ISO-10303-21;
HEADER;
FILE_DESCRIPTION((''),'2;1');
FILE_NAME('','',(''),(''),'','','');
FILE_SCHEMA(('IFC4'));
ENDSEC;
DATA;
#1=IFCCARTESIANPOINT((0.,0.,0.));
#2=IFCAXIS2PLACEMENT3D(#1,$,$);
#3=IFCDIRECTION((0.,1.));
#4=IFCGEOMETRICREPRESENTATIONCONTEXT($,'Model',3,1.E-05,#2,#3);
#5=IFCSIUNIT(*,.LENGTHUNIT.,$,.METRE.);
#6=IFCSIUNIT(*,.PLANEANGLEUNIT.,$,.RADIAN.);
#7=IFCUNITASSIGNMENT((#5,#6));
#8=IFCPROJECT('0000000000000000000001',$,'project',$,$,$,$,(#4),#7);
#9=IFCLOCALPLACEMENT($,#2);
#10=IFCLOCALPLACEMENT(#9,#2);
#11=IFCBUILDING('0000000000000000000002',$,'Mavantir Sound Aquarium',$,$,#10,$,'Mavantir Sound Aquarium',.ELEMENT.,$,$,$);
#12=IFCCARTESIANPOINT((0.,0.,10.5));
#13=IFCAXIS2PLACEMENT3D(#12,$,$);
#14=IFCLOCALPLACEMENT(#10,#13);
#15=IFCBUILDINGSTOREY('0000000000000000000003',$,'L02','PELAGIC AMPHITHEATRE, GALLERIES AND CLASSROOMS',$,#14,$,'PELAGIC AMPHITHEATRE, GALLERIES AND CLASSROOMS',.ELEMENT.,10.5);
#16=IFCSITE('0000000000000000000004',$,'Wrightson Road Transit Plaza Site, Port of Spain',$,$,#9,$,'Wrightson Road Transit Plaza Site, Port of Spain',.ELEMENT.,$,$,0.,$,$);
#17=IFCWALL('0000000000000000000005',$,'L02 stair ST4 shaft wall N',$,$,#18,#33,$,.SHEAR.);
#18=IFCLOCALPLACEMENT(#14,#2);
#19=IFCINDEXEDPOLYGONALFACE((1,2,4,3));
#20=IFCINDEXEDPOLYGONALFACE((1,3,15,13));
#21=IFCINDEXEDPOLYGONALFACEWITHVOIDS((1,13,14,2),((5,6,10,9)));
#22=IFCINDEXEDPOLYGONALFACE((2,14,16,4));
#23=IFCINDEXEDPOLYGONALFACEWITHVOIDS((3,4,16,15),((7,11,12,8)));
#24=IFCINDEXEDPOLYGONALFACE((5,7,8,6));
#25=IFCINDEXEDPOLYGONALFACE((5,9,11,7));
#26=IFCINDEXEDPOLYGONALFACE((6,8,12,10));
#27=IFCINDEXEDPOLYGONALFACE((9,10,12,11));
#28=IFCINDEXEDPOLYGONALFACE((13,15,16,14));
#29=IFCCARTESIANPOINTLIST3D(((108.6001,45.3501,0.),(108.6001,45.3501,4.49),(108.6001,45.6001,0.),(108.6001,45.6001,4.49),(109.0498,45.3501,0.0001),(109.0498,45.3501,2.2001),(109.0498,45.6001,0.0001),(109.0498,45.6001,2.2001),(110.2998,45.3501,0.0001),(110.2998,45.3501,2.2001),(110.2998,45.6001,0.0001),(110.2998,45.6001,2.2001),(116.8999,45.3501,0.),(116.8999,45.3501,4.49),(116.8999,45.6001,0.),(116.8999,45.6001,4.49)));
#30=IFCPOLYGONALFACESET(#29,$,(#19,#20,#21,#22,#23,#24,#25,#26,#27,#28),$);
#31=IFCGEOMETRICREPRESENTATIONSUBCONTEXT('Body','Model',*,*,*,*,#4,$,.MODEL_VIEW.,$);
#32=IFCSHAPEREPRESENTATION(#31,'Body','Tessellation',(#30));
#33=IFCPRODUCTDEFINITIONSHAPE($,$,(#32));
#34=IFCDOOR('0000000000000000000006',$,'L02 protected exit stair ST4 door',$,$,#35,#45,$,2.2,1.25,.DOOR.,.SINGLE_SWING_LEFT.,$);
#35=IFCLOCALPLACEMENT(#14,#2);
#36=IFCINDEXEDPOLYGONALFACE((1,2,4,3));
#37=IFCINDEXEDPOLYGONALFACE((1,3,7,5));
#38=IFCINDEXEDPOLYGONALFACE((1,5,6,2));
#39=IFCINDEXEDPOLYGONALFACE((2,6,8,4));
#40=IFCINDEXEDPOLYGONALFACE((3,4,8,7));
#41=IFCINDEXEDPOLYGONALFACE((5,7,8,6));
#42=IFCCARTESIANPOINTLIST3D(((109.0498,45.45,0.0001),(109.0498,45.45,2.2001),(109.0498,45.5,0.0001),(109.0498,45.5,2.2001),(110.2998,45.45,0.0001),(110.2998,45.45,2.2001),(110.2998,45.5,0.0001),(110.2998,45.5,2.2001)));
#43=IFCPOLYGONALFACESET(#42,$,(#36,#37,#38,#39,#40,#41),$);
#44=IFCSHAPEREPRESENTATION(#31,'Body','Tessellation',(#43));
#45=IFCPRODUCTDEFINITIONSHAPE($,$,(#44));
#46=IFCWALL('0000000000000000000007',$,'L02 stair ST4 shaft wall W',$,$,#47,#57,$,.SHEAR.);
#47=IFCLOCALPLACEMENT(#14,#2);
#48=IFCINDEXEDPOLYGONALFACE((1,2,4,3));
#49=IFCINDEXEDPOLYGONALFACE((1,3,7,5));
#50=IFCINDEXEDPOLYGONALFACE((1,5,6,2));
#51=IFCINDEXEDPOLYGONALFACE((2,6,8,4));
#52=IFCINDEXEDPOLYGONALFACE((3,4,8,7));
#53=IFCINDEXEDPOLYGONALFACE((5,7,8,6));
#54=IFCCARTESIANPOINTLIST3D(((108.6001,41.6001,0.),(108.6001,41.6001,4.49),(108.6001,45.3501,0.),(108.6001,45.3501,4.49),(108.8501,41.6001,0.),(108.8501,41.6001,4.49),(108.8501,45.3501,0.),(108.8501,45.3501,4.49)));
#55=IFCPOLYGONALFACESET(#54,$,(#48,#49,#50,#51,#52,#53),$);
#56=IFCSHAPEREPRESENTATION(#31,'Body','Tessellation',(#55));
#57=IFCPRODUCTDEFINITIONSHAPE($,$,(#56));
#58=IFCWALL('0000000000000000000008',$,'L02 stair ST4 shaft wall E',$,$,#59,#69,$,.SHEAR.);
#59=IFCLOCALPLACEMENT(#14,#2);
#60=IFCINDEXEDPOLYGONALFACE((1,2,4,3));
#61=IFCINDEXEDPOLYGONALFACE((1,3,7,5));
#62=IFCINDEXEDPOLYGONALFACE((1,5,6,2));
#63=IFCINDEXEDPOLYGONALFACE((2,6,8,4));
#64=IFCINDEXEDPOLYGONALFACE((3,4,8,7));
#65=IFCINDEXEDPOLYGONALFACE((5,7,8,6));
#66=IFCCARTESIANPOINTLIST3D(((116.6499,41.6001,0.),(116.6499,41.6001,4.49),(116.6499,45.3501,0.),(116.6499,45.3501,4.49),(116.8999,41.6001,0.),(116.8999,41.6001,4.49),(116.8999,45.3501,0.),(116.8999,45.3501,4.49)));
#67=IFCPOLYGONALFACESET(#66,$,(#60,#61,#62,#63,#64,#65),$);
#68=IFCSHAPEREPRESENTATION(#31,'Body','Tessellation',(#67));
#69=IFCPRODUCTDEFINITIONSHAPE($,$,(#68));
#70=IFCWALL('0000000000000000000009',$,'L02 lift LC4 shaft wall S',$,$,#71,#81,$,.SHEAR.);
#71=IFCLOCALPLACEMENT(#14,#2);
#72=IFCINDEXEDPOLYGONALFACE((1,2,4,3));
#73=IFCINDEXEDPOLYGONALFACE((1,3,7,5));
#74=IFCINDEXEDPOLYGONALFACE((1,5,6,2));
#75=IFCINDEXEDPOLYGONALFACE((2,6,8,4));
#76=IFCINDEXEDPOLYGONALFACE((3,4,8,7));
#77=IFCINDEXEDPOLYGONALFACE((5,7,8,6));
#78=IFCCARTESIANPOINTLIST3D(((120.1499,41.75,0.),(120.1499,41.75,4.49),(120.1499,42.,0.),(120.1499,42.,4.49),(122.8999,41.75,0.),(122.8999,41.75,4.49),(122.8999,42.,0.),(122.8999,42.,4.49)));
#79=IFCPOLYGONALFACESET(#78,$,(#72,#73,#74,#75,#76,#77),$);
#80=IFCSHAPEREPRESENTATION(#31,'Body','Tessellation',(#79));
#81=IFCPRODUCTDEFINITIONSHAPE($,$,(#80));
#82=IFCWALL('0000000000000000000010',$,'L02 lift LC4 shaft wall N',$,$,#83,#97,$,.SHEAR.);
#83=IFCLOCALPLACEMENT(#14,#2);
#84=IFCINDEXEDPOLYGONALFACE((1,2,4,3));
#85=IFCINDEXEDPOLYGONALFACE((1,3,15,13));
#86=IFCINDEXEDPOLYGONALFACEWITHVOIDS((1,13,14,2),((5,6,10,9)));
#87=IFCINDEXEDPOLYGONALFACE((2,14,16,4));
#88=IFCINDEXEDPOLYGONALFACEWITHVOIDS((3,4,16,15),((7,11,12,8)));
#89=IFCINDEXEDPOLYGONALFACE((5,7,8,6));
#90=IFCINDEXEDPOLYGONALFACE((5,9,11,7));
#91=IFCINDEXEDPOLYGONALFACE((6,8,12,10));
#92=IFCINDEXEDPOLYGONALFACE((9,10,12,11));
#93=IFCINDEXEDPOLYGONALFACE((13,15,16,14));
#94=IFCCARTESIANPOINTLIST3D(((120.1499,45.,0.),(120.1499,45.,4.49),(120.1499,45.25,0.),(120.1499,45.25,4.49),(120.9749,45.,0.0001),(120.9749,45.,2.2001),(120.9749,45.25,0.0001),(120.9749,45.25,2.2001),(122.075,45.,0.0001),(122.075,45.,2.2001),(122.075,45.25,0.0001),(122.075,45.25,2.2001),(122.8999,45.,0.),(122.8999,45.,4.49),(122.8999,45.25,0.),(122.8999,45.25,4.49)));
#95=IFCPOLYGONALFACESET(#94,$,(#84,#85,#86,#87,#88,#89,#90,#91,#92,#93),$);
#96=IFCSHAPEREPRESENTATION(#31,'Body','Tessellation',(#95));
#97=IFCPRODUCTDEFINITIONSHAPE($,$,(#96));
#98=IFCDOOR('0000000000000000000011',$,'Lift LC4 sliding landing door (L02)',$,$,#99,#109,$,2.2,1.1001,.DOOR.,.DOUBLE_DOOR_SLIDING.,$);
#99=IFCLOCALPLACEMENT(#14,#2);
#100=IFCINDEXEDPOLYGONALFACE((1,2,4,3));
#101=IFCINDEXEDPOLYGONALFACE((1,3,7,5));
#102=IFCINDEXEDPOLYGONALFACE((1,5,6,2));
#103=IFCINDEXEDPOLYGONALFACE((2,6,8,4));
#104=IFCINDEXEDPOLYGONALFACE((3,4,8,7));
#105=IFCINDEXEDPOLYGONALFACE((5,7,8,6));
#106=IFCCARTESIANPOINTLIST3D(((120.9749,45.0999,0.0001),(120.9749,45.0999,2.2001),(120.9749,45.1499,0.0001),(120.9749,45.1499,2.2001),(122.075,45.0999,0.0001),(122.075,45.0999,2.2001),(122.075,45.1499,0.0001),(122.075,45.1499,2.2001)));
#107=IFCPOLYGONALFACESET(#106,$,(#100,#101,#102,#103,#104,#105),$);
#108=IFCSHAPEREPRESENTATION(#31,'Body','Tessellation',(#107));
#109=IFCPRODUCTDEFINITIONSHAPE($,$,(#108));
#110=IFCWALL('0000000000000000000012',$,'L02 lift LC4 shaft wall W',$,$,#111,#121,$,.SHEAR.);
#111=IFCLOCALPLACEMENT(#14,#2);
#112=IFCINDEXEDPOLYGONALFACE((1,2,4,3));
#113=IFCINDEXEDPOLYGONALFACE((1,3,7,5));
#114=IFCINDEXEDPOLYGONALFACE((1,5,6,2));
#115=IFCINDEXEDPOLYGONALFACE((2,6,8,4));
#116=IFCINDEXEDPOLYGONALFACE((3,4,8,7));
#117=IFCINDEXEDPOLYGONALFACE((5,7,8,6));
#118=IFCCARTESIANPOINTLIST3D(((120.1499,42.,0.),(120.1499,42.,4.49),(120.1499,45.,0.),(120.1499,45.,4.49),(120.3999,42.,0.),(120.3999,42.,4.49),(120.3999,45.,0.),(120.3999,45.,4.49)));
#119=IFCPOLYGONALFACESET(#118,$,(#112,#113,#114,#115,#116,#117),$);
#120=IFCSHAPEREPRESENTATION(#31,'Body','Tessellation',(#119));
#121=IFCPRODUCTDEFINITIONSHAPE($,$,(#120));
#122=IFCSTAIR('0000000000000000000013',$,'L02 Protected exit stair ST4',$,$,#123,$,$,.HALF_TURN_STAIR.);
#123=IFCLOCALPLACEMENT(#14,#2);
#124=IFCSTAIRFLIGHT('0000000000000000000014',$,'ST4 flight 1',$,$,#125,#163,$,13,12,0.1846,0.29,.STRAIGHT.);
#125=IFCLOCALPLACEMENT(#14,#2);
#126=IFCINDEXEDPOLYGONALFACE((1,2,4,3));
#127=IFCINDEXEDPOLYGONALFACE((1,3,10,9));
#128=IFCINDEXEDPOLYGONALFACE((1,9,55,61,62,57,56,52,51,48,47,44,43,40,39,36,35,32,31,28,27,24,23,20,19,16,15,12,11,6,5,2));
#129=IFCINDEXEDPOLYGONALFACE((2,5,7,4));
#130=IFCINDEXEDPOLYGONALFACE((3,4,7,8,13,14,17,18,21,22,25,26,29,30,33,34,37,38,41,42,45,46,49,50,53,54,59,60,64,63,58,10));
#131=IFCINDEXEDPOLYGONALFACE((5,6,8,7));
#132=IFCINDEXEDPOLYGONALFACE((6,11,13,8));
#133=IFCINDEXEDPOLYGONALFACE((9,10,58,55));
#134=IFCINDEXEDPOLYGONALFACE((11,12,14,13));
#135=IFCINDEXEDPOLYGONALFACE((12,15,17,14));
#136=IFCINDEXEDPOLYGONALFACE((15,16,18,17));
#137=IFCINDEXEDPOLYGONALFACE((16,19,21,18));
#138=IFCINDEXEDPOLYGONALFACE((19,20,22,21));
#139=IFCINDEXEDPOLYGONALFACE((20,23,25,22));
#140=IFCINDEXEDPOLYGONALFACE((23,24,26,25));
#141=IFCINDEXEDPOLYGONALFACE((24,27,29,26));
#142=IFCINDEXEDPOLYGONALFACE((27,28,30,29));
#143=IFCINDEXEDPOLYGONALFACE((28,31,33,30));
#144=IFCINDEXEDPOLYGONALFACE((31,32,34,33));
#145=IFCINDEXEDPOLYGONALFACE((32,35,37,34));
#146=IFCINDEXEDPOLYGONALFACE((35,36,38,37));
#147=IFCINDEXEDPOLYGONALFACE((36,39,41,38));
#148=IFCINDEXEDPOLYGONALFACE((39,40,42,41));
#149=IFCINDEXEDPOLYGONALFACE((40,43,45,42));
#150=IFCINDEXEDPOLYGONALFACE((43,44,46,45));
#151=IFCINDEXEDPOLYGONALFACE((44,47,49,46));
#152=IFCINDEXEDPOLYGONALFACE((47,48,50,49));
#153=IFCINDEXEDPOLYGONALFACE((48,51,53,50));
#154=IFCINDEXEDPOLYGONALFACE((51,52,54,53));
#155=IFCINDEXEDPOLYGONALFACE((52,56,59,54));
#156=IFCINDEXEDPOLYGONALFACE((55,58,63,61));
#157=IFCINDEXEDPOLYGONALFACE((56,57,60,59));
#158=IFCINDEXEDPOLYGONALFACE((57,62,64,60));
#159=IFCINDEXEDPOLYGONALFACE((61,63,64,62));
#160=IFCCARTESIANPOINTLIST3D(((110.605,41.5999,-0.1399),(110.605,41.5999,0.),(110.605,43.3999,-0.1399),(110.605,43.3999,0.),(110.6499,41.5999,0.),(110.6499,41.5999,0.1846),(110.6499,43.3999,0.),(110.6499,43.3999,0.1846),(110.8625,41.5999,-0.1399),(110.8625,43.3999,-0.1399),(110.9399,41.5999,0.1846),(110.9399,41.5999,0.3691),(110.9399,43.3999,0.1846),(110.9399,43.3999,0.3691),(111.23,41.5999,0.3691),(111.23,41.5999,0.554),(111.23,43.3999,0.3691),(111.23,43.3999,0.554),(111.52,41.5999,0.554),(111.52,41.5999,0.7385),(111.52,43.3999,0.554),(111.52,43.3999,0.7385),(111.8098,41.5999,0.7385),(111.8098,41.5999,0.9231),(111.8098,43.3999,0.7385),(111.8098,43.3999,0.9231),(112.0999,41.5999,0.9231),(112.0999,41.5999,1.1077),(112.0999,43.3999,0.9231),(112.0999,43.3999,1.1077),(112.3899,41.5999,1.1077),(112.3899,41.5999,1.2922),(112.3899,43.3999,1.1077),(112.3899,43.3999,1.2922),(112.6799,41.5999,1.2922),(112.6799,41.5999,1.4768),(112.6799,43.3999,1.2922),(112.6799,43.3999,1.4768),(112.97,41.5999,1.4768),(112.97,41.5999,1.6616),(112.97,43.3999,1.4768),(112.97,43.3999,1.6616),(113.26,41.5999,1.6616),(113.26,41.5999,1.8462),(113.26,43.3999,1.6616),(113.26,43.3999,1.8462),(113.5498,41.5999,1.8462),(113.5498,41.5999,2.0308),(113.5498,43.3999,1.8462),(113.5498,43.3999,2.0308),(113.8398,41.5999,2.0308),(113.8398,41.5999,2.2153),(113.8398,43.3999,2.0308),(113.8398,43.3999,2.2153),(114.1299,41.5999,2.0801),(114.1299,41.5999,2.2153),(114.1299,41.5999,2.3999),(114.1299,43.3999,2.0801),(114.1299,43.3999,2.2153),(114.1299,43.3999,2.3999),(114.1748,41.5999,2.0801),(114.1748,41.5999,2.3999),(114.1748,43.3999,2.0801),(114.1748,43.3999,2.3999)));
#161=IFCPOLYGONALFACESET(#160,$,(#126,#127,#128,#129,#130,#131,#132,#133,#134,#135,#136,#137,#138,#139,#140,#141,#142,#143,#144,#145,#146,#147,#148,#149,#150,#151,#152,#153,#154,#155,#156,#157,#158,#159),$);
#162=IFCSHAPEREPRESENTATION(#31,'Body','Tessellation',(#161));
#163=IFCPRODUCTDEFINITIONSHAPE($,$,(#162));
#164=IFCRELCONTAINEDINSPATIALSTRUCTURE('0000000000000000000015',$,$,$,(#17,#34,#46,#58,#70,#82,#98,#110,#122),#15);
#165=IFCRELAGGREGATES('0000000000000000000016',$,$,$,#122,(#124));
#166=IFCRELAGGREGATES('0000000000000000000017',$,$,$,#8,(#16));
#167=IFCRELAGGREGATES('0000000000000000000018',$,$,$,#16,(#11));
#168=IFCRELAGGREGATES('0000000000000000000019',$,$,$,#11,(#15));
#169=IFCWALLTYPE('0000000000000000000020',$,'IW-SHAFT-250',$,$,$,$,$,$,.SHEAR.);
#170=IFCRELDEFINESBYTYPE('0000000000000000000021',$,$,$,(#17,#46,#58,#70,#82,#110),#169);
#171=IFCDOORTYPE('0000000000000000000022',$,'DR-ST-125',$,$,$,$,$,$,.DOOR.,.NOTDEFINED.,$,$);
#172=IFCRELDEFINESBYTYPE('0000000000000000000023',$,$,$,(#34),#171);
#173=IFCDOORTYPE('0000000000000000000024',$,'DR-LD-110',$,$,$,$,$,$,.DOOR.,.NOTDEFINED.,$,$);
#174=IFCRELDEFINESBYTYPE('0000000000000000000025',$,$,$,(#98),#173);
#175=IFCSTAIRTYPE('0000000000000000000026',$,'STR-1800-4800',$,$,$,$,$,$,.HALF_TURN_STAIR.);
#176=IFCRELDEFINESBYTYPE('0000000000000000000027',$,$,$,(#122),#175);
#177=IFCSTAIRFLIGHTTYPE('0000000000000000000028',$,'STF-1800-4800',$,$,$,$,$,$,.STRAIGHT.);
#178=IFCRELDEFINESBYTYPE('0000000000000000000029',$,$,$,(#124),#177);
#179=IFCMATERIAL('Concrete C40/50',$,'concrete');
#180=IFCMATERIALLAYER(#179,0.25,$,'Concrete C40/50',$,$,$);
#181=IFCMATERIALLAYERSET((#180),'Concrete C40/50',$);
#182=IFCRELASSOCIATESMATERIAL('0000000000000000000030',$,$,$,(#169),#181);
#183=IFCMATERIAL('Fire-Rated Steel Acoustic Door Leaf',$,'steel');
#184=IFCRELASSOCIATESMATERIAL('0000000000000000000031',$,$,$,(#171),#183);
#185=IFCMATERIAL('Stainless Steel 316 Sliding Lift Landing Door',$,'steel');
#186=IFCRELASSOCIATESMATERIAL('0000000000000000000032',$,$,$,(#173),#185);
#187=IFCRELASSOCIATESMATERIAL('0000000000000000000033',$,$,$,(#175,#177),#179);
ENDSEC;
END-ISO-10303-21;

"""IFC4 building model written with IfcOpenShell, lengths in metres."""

from ifc_helpers import new_model, si_unit, direction, frame, frame_2d, origin, place, context, subcontext, project, spatial, polyline, rectangle, outline, extrude, material, layer, layer_set, type_object, element, fill, aggregate, save


model = new_model("IFC4")

# Units and contexts
model_context = context("Model", 3, precision=1e-05, world=origin(), true_north=direction((0.0, 1.0)))
body_context = subcontext(model_context, "Body", "Model", "MODEL_VIEW")
ifc_project = project(units=[si_unit("LENGTHUNIT", "METRE"), si_unit("PLANEANGLEUNIT", "RADIAN")], contexts=[model_context])

# Site, building, storey
site_placement = place(None, origin())
site = spatial("IfcSite", under=ifc_project, at=site_placement, Name="Wrightson Road Transit Plaza Site, Port of Spain", LongName="Wrightson Road Transit Plaza Site, Port of Spain", CompositionType="ELEMENT", RefElevation=0.0)
building_placement = place(site_placement, origin())
building = spatial("IfcBuilding", under=site, at=building_placement, Name="Mavantir Sound Aquarium", LongName="Mavantir Sound Aquarium", CompositionType="ELEMENT")
storey_placement = place(building_placement, frame((0.0, 0.0, 10.5)))
storey = spatial("IfcBuildingStorey", under=building, at=storey_placement, Name="L02", Description="PELAGIC AMPHITHEATRE, GALLERIES AND CLASSROOMS", LongName="PELAGIC AMPHITHEATRE, GALLERIES AND CLASSROOMS", CompositionType="ELEMENT", Elevation=10.5)

# Shared definitions
ifc_material_1 = material(Name="Concrete C40/50", Category="concrete")

# Wall, opening, door
ifc_layer_1 = layer(ifc_material_1, 0.25, Name="Concrete C40/50")
ifc_layer_set_1 = layer_set([ifc_layer_1], Name="Concrete C40/50")
wall_type = type_object("IfcWallType", Name="IW-SHAFT-250", PredefinedType="SHEAR", material=ifc_layer_set_1)
wall_1_placement = place(storey_placement, frame((116.8999, 45.4751, 0.0), z_axis=(0.0, 0.0, 1.0), x_axis=(-1.0, 0.0, 0.0)))
wall_1 = element("IfcWall", 1, at=wall_1_placement, inside=storey, type_object=wall_type, Name="L02 stair ST4 shaft wall N", PredefinedType="SHEAR", context=body_context, shape_type="SweptSolid", body=[
    extrude(rectangle(XDim=8.2998, YDim=0.25, at=frame_2d((4.1499, 0.0))), origin(), (0.0, 0.0, 1.0), 4.49),
])
opening_1_placement = place(wall_1_placement, frame((7.8501, 0.0, 0.0), z_axis=(0.0, 0.0, 1.0), x_axis=(-1.0, 0.0, 0.0)))
opening_1 = element("IfcOpeningElement", 2, at=opening_1_placement, cuts=wall_1, PredefinedType="OPENING", context=body_context, shape_type="SweptSolid", body=[
    extrude(rectangle(XDim=1.25, YDim=2.2, at=frame_2d((0.625, 1.1001))), frame((0.0, 0.135, 0.0), z_axis=(0.0, -1.0, 0.0), x_axis=(1.0, 0.0, 0.0)), (0.0, 0.0, 1.0), 0.27),
])
ifc_material_2 = material(Name="Fire-Rated Steel Acoustic Door Leaf", Category="steel")
door_type_1 = type_object("IfcDoorType", Name="DR-ST-125", OperationType="NOTDEFINED", PredefinedType="DOOR", material=ifc_material_2)
door_1_placement = place(opening_1_placement, origin())
door_1 = element("IfcDoor", 3, at=door_1_placement, inside=storey, type_object=door_type_1, Name="L02 protected exit stair ST4 door", OperationType="SINGLE_SWING_LEFT", OverallHeight=2.2, OverallWidth=1.25, PredefinedType="DOOR", context=body_context, shape_type="SweptSolid", body=[
    extrude(rectangle(XDim=1.25, YDim=2.2, at=frame_2d((0.625, 1.1001))), frame((0.0, 0.0249, 0.0), z_axis=(0.0, -1.0, 0.0), x_axis=(1.0, 0.0, 0.0)), (0.0, 0.0, 1.0), 0.05),
])
fill(opening_1, door_1)

# Walls
for number, where, z_axis, x_axis, name in (
    (4, (108.7251, 45.3501, 0.0), (0.0, 0.0, 1.0), (0.0, -1.0, 0.0), "L02 stair ST4 shaft wall W"),
    (5, (116.7749, 41.6001, 0.0), (0.0, 0.0, 1.0), (0.0, 1.0, 0.0), "L02 stair ST4 shaft wall E"),
):
    element("IfcWall", number, at=place(storey_placement, frame(where, z_axis=z_axis, x_axis=x_axis)), inside=storey, type_object=wall_type, Name=name, PredefinedType="SHEAR", context=body_context, shape_type="SweptSolid", body=[
        extrude(rectangle(XDim=3.75, YDim=0.25, at=frame_2d((1.875, 0.0))), origin(), (0.0, 0.0, 1.0), 4.49),
    ])
wall_2_placement = place(storey_placement, frame((120.1499, 41.875, 0.0), z_axis=(0.0, 0.0, 1.0), x_axis=(1.0, 0.0, 0.0)))
element("IfcWall", 6, at=wall_2_placement, inside=storey, type_object=wall_type, Name="L02 lift LC4 shaft wall S", PredefinedType="SHEAR", context=body_context, shape_type="SweptSolid", body=[
    extrude(rectangle(XDim=2.75, YDim=0.25, at=frame_2d((1.375, 0.0))), origin(), (0.0, 0.0, 1.0), 4.49),
])

# Wall, opening, door
wall_3_placement = place(storey_placement, frame((120.1499, 45.125, 0.0), z_axis=(0.0, 0.0, 1.0), x_axis=(1.0, 0.0, 0.0)))
wall_3 = element("IfcWall", 7, at=wall_3_placement, inside=storey, type_object=wall_type, Name="L02 lift LC4 shaft wall N", PredefinedType="SHEAR", context=body_context, shape_type="SweptSolid", body=[
    extrude(rectangle(XDim=2.75, YDim=0.25, at=frame_2d((1.375, 0.0))), origin(), (0.0, 0.0, 1.0), 4.49),
])
opening_2_placement = place(wall_3_placement, frame((0.825, 0.0, 0.0)))
opening_2 = element("IfcOpeningElement", 8, at=opening_2_placement, cuts=wall_3, PredefinedType="OPENING", context=body_context, shape_type="SweptSolid", body=[
    extrude(rectangle(XDim=1.1001, YDim=2.2, at=frame_2d((0.55, 1.1001))), frame((0.0, 0.135, 0.0), z_axis=(0.0, -1.0, 0.0), x_axis=(1.0, 0.0, 0.0)), (0.0, 0.0, 1.0), 0.27),
])
ifc_material_3 = material(Name="Stainless Steel 316 Sliding Lift Landing Door", Category="steel")
door_type_2 = type_object("IfcDoorType", Name="DR-LD-110", OperationType="NOTDEFINED", PredefinedType="DOOR", material=ifc_material_3)
door_2_placement = place(opening_2_placement, origin())
door_2 = element("IfcDoor", 9, at=door_2_placement, inside=storey, type_object=door_type_2, Name="Lift LC4 sliding landing door (L02)", OperationType="DOUBLE_DOOR_SLIDING", OverallHeight=2.2, OverallWidth=1.1001, PredefinedType="DOOR", context=body_context, shape_type="SweptSolid", body=[
    extrude(rectangle(XDim=1.1001, YDim=2.2, at=frame_2d((0.55, 1.1001))), frame((0.0, 0.0249, 0.0), z_axis=(0.0, -1.0, 0.0), x_axis=(1.0, 0.0, 0.0)), (0.0, 0.0, 1.0), 0.05),
])
fill(opening_2, door_2)

# Wall
wall_4_placement = place(storey_placement, frame((120.2749, 42.0, 0.0), z_axis=(0.0, 0.0, 1.0), x_axis=(0.0, 1.0, 0.0)))
element("IfcWall", 10, at=wall_4_placement, inside=storey, type_object=wall_type, Name="L02 lift LC4 shaft wall W", PredefinedType="SHEAR", context=body_context, shape_type="SweptSolid", body=[
    extrude(rectangle(XDim=3.0, YDim=0.25, at=frame_2d((1.5, 0.0))), origin(), (0.0, 0.0, 1.0), 4.49),
])

# Stair, stair flight
stair_type = type_object("IfcStairType", Name="STR-1800-4800", PredefinedType="HALF_TURN_STAIR", material=ifc_material_1)
stair_placement = place(storey_placement, origin())
stair = element("IfcStair", 11, at=stair_placement, inside=storey, type_object=stair_type, Name="L02 Protected exit stair ST4", PredefinedType="HALF_TURN_STAIR")
stair_flight_type = type_object("IfcStairFlightType", Name="STF-1800-4800", PredefinedType="STRAIGHT", material=ifc_material_1)
stair_flight_1_placement = place(storey_placement, frame((110.6499, 42.5, 0.0), z_axis=(0.0, 0.0, 1.0), x_axis=(1.0, 0.0, 0.0)))
stair_flight_1 = element("IfcStairFlight", 12, at=stair_flight_1_placement, type_object=stair_flight_type, Name="ST4 flight 1", NumberOfRisers=13, NumberOfTreads=12, PredefinedType="STRAIGHT", RiserHeight=0.1846, TreadLength=0.29, context=body_context, shape_type="SweptSolid", body=[
    extrude(outline(polyline([(-0.0449, -0.1399), (-0.0449, 0.0), (0.0, 0.0), (0.0, 0.1846), (0.29, 0.1846), (0.29, 0.3691), (0.5801, 0.3691), (0.5801, 0.554), (0.8701, 0.554), (0.8701, 0.7385), (1.1599, 0.7385), (1.1599, 0.9231), (1.45, 0.9231), (1.45, 1.1077), (1.74, 1.1077), (1.74, 1.2922), (2.03, 1.2922), (2.03, 1.4768), (2.3201, 1.4768), (2.3201, 1.6616), (2.6101, 1.6616), (2.6101, 1.8462), (2.8999, 1.8462), (2.8999, 2.0308), (3.1899, 2.0308), (3.1899, 2.2153), (3.48, 2.2153), (3.48, 2.3999), (3.5249, 2.3999), (3.5249, 2.0801), (3.48, 2.0801), (0.2126, -0.1399), (-0.0449, -0.1399)])), frame((0.0, 0.8999, 0.0), z_axis=(0.0, -1.0, 0.0), x_axis=(1.0, 0.0, 0.0)), (0.0, 0.0, 1.0), 1.8),
])
aggregate(stair, [stair_flight_1])

save(model, "model.ifc")
